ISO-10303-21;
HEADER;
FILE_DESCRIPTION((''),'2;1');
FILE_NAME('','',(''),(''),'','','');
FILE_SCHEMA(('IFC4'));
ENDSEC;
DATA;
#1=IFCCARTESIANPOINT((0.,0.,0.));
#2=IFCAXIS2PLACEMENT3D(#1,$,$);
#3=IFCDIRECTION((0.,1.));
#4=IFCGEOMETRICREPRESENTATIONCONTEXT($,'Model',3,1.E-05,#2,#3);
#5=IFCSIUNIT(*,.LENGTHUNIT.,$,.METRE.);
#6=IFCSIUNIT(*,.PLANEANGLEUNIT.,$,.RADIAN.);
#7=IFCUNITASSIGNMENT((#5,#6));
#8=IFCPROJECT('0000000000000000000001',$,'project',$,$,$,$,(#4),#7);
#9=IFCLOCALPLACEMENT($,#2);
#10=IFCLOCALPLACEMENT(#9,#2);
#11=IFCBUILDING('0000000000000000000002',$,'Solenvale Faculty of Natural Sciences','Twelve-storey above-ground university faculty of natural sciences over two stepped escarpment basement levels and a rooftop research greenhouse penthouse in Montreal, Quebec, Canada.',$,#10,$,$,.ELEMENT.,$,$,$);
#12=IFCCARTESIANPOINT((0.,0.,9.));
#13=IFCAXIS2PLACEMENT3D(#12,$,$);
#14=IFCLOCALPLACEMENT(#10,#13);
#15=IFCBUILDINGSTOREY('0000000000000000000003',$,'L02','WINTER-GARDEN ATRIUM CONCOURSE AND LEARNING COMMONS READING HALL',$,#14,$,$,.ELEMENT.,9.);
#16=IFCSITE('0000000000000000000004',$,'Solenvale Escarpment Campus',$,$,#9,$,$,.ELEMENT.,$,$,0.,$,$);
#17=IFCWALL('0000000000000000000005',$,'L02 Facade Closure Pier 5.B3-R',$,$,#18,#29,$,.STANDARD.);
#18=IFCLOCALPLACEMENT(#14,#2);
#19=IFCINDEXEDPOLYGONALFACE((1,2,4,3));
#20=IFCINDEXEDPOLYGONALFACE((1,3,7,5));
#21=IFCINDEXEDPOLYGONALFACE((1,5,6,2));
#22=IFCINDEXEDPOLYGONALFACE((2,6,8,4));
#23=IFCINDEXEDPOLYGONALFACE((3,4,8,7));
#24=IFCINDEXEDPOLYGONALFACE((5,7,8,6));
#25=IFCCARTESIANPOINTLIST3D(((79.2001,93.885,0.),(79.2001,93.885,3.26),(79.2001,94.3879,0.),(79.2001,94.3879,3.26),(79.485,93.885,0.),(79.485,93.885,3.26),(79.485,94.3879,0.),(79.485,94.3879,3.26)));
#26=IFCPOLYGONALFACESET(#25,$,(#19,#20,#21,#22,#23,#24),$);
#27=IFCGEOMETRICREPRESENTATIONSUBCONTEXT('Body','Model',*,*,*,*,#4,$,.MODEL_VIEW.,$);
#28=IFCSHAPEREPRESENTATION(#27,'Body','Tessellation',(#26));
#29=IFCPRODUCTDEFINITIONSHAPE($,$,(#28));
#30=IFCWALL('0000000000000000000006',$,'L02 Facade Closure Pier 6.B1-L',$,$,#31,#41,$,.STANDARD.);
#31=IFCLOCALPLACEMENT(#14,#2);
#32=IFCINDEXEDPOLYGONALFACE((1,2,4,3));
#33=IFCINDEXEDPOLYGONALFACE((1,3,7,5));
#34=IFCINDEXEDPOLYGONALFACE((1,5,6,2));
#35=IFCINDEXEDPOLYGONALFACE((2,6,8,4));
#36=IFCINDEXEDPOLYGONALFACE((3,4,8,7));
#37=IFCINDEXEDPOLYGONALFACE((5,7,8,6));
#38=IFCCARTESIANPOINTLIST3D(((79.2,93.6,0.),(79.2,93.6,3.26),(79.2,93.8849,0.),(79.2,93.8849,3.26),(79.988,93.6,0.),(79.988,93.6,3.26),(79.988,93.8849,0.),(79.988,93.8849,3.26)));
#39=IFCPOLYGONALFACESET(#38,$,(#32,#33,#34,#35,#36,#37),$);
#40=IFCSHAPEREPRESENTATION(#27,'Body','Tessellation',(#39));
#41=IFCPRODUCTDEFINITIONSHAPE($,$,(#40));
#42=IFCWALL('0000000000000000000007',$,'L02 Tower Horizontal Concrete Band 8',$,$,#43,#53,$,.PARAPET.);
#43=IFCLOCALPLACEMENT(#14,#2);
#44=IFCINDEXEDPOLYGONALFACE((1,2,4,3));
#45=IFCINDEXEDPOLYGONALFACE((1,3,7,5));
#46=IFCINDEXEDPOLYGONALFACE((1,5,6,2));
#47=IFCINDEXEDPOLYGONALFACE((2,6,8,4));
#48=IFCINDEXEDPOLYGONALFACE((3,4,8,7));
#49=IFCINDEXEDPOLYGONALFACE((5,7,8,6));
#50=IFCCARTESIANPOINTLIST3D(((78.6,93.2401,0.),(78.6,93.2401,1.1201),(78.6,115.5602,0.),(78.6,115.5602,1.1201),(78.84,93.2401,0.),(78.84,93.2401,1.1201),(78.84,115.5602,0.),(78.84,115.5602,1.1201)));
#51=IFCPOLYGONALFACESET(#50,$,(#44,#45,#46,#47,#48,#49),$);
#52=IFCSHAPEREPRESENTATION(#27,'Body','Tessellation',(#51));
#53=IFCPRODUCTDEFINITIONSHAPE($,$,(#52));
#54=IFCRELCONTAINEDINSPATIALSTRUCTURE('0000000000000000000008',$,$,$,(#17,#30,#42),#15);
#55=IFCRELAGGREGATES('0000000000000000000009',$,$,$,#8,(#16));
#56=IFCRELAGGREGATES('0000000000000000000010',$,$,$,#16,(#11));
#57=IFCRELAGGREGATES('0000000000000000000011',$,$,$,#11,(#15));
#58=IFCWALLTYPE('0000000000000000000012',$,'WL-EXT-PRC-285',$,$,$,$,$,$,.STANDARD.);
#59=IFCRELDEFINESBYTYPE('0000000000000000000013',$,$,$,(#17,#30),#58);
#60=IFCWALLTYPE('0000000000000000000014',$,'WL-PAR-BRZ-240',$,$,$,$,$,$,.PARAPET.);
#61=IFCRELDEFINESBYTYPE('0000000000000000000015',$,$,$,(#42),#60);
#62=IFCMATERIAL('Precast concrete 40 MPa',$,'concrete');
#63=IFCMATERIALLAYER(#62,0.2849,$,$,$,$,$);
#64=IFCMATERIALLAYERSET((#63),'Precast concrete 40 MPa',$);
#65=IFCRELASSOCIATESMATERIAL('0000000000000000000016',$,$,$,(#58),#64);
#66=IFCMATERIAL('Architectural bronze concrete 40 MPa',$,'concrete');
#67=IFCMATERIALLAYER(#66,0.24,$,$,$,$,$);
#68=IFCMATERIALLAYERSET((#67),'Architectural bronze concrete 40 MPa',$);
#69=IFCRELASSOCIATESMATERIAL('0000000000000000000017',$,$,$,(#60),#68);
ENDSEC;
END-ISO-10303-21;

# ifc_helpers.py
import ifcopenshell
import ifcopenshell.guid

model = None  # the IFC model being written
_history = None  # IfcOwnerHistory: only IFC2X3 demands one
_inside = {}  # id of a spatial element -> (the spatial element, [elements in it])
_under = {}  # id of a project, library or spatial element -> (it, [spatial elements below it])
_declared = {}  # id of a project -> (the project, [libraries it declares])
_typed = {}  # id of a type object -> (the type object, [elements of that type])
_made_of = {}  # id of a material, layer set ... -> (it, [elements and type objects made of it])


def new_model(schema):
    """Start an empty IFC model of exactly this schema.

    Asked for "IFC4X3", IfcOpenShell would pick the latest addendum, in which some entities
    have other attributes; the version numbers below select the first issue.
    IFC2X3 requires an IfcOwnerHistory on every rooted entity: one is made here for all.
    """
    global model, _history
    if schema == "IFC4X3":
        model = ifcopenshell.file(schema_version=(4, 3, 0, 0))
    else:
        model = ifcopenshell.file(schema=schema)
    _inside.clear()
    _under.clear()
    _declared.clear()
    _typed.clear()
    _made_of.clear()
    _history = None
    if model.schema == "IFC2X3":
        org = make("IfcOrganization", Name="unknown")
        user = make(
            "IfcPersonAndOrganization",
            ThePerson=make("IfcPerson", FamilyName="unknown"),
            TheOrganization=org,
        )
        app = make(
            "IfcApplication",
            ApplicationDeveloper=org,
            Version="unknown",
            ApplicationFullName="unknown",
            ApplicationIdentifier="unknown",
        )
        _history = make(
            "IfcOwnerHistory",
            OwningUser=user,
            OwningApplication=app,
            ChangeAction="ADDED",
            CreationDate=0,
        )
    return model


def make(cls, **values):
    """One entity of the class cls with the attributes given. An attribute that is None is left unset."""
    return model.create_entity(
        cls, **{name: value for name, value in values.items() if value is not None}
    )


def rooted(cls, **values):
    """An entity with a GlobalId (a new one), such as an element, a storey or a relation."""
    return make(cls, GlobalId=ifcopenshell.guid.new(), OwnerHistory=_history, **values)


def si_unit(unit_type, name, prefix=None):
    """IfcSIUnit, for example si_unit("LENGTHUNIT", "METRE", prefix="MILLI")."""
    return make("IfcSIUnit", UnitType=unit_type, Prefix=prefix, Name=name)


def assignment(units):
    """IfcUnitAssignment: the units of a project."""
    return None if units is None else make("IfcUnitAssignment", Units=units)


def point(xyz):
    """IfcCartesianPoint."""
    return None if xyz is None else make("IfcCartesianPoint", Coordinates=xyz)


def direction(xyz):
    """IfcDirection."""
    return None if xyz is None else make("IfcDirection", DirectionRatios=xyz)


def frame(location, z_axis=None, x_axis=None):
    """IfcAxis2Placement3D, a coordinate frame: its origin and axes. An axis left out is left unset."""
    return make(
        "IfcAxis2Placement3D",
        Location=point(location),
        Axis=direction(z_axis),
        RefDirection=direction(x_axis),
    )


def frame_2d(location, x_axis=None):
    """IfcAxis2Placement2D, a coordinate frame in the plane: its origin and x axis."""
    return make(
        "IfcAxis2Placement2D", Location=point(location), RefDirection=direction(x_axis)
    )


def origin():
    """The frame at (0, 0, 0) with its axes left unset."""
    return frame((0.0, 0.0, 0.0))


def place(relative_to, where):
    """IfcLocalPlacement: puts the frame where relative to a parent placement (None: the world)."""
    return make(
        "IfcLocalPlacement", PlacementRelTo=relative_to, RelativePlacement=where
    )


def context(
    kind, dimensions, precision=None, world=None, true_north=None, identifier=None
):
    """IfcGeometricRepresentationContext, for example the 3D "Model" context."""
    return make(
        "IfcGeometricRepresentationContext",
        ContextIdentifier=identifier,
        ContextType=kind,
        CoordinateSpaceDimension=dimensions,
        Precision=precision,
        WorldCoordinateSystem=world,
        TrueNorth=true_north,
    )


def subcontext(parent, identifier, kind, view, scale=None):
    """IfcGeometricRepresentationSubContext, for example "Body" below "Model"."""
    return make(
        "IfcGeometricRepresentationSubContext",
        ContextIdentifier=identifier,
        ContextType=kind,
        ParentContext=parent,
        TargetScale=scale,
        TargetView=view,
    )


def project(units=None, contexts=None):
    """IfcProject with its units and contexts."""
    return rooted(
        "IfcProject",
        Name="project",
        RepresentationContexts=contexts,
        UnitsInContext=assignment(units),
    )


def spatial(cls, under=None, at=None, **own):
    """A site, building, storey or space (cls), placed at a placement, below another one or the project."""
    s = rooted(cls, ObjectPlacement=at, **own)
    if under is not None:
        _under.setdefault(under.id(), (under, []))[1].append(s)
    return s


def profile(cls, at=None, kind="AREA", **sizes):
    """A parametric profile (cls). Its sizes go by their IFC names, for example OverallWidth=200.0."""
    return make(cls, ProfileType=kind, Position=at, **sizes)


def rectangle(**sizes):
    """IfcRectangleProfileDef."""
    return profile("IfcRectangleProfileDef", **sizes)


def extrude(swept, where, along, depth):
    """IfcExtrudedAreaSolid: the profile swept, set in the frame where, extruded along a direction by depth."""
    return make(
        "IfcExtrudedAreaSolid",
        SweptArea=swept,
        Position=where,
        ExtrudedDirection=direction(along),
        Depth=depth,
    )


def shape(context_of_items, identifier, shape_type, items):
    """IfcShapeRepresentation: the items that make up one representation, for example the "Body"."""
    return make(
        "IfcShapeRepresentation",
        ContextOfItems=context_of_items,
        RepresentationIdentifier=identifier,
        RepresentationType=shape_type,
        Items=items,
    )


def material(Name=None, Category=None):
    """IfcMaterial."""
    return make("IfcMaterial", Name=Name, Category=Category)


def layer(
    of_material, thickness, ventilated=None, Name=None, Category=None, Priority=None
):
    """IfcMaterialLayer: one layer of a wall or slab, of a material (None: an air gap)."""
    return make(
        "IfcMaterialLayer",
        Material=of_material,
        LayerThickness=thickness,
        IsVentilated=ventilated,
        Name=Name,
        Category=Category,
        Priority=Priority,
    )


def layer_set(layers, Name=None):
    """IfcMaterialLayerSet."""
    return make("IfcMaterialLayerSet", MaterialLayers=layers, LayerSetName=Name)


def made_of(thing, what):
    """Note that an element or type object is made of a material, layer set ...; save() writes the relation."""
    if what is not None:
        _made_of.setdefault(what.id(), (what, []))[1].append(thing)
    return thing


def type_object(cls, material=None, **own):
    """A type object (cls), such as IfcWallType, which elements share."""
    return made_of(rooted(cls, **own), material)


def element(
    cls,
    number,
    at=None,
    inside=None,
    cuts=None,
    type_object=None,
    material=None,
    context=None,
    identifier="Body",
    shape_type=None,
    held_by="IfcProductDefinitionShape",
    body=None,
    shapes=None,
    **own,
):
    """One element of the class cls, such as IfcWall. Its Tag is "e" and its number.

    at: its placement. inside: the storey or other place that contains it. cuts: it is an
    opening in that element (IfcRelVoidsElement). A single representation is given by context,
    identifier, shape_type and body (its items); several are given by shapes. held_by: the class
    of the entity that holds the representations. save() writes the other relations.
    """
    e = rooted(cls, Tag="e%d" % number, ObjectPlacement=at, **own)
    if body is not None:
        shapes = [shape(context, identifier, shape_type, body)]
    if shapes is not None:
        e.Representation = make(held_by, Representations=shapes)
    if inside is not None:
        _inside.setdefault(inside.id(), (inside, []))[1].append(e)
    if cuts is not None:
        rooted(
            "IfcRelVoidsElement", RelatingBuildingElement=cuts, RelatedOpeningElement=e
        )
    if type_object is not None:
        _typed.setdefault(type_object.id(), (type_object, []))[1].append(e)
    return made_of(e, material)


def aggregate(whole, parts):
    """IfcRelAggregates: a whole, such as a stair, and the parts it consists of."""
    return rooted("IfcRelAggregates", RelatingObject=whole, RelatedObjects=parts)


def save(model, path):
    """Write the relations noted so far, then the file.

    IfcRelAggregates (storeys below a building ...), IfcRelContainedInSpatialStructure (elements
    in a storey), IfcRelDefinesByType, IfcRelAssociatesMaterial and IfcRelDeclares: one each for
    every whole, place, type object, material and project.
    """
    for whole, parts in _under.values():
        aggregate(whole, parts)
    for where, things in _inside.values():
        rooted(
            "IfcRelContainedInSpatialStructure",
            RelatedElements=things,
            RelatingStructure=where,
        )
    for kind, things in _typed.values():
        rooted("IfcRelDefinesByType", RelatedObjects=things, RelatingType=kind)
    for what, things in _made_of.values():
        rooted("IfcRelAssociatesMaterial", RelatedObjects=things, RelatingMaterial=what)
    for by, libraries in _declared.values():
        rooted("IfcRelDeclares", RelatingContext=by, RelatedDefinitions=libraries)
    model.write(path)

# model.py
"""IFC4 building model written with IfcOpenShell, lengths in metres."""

from ifc_helpers import new_model, si_unit, direction, frame, frame_2d, origin, place, context, subcontext, project, spatial, rectangle, extrude, material, layer, layer_set, type_object, element, save


model = new_model("IFC4")

# Units and contexts
model_context = context("Model", 3, precision=1e-05, world=origin(), true_north=direction((0.0, 1.0)))
body_context = subcontext(model_context, "Body", "Model", "MODEL_VIEW")
ifc_project = project(units=[si_unit("LENGTHUNIT", "METRE"), si_unit("PLANEANGLEUNIT", "RADIAN")], contexts=[model_context])

# Site, building, storey
site_placement = place(None, origin())
site = spatial("IfcSite", under=ifc_project, at=site_placement, Name="Solenvale Escarpment Campus", CompositionType="ELEMENT", RefElevation=0.0)
building_placement = place(site_placement, origin())
building = spatial("IfcBuilding", under=site, at=building_placement, Name="Solenvale Faculty of Natural Sciences", Description="Twelve-storey above-ground university faculty of natural sciences over two stepped escarpment basement levels and a rooftop research greenhouse penthouse in Montreal, Quebec, Canada.", CompositionType="ELEMENT")
storey_placement = place(building_placement, frame((0.0, 0.0, 9.0)))
storey = spatial("IfcBuildingStorey", under=building, at=storey_placement, Name="L02", Description="WINTER-GARDEN ATRIUM CONCOURSE AND LEARNING COMMONS READING HALL", CompositionType="ELEMENT", Elevation=9.0)

# Walls
ifc_material_1 = material(Name="Precast concrete 40 MPa", Category="concrete")
ifc_layer_1 = layer(ifc_material_1, 0.2849)
ifc_layer_set_1 = layer_set([ifc_layer_1], Name="Precast concrete 40 MPa")
wall_type_1 = type_object("IfcWallType", Name="WL-EXT-PRC-285", PredefinedType="STANDARD", material=ifc_layer_set_1)
wall_1_placement = place(storey_placement, frame((79.3425, 94.3879, 0.0), z_axis=(0.0, 0.0, 1.0), x_axis=(0.0, -1.0, 0.0)))
element("IfcWall", 1, at=wall_1_placement, inside=storey, type_object=wall_type_1, Name="L02 Facade Closure Pier 5.B3-R", PredefinedType="STANDARD", context=body_context, shape_type="SweptSolid", body=[
    extrude(rectangle(XDim=0.5029, YDim=0.2849, at=frame_2d((0.2515, 0.0))), origin(), (0.0, 0.0, 1.0), 3.26),
])
wall_2_placement = place(storey_placement, frame((79.2, 93.7424, 0.0), z_axis=(0.0, 0.0, 1.0), x_axis=(1.0, 0.0, 0.0)))
element("IfcWall", 2, at=wall_2_placement, inside=storey, type_object=wall_type_1, Name="L02 Facade Closure Pier 6.B1-L", PredefinedType="STANDARD", context=body_context, shape_type="SweptSolid", body=[
    extrude(rectangle(XDim=0.7881, YDim=0.2849, at=frame_2d((0.394, 0.0))), origin(), (0.0, 0.0, 1.0), 3.26),
])
ifc_material_2 = material(Name="Architectural bronze concrete 40 MPa", Category="concrete")
ifc_layer_2 = layer(ifc_material_2, 0.24)
ifc_layer_set_2 = layer_set([ifc_layer_2], Name="Architectural bronze concrete 40 MPa")
wall_type_2 = type_object("IfcWallType", Name="WL-PAR-BRZ-240", PredefinedType="PARAPET", material=ifc_layer_set_2)
wall_3_placement = place(storey_placement, frame((78.72, 93.24, 0.0), z_axis=(0.0, 0.0, 1.0), x_axis=(0.0, 1.0, 0.0)))
element("IfcWall", 3, at=wall_3_placement, inside=storey, type_object=wall_type_2, Name="L02 Tower Horizontal Concrete Band 8", PredefinedType="PARAPET", context=body_context, shape_type="SweptSolid", body=[
    extrude(rectangle(XDim=22.3201, YDim=0.24, at=frame_2d((11.1602, 0.0))), origin(), (0.0, 0.0, 1.0), 1.1201),
])

save(model, "model.ifc")
